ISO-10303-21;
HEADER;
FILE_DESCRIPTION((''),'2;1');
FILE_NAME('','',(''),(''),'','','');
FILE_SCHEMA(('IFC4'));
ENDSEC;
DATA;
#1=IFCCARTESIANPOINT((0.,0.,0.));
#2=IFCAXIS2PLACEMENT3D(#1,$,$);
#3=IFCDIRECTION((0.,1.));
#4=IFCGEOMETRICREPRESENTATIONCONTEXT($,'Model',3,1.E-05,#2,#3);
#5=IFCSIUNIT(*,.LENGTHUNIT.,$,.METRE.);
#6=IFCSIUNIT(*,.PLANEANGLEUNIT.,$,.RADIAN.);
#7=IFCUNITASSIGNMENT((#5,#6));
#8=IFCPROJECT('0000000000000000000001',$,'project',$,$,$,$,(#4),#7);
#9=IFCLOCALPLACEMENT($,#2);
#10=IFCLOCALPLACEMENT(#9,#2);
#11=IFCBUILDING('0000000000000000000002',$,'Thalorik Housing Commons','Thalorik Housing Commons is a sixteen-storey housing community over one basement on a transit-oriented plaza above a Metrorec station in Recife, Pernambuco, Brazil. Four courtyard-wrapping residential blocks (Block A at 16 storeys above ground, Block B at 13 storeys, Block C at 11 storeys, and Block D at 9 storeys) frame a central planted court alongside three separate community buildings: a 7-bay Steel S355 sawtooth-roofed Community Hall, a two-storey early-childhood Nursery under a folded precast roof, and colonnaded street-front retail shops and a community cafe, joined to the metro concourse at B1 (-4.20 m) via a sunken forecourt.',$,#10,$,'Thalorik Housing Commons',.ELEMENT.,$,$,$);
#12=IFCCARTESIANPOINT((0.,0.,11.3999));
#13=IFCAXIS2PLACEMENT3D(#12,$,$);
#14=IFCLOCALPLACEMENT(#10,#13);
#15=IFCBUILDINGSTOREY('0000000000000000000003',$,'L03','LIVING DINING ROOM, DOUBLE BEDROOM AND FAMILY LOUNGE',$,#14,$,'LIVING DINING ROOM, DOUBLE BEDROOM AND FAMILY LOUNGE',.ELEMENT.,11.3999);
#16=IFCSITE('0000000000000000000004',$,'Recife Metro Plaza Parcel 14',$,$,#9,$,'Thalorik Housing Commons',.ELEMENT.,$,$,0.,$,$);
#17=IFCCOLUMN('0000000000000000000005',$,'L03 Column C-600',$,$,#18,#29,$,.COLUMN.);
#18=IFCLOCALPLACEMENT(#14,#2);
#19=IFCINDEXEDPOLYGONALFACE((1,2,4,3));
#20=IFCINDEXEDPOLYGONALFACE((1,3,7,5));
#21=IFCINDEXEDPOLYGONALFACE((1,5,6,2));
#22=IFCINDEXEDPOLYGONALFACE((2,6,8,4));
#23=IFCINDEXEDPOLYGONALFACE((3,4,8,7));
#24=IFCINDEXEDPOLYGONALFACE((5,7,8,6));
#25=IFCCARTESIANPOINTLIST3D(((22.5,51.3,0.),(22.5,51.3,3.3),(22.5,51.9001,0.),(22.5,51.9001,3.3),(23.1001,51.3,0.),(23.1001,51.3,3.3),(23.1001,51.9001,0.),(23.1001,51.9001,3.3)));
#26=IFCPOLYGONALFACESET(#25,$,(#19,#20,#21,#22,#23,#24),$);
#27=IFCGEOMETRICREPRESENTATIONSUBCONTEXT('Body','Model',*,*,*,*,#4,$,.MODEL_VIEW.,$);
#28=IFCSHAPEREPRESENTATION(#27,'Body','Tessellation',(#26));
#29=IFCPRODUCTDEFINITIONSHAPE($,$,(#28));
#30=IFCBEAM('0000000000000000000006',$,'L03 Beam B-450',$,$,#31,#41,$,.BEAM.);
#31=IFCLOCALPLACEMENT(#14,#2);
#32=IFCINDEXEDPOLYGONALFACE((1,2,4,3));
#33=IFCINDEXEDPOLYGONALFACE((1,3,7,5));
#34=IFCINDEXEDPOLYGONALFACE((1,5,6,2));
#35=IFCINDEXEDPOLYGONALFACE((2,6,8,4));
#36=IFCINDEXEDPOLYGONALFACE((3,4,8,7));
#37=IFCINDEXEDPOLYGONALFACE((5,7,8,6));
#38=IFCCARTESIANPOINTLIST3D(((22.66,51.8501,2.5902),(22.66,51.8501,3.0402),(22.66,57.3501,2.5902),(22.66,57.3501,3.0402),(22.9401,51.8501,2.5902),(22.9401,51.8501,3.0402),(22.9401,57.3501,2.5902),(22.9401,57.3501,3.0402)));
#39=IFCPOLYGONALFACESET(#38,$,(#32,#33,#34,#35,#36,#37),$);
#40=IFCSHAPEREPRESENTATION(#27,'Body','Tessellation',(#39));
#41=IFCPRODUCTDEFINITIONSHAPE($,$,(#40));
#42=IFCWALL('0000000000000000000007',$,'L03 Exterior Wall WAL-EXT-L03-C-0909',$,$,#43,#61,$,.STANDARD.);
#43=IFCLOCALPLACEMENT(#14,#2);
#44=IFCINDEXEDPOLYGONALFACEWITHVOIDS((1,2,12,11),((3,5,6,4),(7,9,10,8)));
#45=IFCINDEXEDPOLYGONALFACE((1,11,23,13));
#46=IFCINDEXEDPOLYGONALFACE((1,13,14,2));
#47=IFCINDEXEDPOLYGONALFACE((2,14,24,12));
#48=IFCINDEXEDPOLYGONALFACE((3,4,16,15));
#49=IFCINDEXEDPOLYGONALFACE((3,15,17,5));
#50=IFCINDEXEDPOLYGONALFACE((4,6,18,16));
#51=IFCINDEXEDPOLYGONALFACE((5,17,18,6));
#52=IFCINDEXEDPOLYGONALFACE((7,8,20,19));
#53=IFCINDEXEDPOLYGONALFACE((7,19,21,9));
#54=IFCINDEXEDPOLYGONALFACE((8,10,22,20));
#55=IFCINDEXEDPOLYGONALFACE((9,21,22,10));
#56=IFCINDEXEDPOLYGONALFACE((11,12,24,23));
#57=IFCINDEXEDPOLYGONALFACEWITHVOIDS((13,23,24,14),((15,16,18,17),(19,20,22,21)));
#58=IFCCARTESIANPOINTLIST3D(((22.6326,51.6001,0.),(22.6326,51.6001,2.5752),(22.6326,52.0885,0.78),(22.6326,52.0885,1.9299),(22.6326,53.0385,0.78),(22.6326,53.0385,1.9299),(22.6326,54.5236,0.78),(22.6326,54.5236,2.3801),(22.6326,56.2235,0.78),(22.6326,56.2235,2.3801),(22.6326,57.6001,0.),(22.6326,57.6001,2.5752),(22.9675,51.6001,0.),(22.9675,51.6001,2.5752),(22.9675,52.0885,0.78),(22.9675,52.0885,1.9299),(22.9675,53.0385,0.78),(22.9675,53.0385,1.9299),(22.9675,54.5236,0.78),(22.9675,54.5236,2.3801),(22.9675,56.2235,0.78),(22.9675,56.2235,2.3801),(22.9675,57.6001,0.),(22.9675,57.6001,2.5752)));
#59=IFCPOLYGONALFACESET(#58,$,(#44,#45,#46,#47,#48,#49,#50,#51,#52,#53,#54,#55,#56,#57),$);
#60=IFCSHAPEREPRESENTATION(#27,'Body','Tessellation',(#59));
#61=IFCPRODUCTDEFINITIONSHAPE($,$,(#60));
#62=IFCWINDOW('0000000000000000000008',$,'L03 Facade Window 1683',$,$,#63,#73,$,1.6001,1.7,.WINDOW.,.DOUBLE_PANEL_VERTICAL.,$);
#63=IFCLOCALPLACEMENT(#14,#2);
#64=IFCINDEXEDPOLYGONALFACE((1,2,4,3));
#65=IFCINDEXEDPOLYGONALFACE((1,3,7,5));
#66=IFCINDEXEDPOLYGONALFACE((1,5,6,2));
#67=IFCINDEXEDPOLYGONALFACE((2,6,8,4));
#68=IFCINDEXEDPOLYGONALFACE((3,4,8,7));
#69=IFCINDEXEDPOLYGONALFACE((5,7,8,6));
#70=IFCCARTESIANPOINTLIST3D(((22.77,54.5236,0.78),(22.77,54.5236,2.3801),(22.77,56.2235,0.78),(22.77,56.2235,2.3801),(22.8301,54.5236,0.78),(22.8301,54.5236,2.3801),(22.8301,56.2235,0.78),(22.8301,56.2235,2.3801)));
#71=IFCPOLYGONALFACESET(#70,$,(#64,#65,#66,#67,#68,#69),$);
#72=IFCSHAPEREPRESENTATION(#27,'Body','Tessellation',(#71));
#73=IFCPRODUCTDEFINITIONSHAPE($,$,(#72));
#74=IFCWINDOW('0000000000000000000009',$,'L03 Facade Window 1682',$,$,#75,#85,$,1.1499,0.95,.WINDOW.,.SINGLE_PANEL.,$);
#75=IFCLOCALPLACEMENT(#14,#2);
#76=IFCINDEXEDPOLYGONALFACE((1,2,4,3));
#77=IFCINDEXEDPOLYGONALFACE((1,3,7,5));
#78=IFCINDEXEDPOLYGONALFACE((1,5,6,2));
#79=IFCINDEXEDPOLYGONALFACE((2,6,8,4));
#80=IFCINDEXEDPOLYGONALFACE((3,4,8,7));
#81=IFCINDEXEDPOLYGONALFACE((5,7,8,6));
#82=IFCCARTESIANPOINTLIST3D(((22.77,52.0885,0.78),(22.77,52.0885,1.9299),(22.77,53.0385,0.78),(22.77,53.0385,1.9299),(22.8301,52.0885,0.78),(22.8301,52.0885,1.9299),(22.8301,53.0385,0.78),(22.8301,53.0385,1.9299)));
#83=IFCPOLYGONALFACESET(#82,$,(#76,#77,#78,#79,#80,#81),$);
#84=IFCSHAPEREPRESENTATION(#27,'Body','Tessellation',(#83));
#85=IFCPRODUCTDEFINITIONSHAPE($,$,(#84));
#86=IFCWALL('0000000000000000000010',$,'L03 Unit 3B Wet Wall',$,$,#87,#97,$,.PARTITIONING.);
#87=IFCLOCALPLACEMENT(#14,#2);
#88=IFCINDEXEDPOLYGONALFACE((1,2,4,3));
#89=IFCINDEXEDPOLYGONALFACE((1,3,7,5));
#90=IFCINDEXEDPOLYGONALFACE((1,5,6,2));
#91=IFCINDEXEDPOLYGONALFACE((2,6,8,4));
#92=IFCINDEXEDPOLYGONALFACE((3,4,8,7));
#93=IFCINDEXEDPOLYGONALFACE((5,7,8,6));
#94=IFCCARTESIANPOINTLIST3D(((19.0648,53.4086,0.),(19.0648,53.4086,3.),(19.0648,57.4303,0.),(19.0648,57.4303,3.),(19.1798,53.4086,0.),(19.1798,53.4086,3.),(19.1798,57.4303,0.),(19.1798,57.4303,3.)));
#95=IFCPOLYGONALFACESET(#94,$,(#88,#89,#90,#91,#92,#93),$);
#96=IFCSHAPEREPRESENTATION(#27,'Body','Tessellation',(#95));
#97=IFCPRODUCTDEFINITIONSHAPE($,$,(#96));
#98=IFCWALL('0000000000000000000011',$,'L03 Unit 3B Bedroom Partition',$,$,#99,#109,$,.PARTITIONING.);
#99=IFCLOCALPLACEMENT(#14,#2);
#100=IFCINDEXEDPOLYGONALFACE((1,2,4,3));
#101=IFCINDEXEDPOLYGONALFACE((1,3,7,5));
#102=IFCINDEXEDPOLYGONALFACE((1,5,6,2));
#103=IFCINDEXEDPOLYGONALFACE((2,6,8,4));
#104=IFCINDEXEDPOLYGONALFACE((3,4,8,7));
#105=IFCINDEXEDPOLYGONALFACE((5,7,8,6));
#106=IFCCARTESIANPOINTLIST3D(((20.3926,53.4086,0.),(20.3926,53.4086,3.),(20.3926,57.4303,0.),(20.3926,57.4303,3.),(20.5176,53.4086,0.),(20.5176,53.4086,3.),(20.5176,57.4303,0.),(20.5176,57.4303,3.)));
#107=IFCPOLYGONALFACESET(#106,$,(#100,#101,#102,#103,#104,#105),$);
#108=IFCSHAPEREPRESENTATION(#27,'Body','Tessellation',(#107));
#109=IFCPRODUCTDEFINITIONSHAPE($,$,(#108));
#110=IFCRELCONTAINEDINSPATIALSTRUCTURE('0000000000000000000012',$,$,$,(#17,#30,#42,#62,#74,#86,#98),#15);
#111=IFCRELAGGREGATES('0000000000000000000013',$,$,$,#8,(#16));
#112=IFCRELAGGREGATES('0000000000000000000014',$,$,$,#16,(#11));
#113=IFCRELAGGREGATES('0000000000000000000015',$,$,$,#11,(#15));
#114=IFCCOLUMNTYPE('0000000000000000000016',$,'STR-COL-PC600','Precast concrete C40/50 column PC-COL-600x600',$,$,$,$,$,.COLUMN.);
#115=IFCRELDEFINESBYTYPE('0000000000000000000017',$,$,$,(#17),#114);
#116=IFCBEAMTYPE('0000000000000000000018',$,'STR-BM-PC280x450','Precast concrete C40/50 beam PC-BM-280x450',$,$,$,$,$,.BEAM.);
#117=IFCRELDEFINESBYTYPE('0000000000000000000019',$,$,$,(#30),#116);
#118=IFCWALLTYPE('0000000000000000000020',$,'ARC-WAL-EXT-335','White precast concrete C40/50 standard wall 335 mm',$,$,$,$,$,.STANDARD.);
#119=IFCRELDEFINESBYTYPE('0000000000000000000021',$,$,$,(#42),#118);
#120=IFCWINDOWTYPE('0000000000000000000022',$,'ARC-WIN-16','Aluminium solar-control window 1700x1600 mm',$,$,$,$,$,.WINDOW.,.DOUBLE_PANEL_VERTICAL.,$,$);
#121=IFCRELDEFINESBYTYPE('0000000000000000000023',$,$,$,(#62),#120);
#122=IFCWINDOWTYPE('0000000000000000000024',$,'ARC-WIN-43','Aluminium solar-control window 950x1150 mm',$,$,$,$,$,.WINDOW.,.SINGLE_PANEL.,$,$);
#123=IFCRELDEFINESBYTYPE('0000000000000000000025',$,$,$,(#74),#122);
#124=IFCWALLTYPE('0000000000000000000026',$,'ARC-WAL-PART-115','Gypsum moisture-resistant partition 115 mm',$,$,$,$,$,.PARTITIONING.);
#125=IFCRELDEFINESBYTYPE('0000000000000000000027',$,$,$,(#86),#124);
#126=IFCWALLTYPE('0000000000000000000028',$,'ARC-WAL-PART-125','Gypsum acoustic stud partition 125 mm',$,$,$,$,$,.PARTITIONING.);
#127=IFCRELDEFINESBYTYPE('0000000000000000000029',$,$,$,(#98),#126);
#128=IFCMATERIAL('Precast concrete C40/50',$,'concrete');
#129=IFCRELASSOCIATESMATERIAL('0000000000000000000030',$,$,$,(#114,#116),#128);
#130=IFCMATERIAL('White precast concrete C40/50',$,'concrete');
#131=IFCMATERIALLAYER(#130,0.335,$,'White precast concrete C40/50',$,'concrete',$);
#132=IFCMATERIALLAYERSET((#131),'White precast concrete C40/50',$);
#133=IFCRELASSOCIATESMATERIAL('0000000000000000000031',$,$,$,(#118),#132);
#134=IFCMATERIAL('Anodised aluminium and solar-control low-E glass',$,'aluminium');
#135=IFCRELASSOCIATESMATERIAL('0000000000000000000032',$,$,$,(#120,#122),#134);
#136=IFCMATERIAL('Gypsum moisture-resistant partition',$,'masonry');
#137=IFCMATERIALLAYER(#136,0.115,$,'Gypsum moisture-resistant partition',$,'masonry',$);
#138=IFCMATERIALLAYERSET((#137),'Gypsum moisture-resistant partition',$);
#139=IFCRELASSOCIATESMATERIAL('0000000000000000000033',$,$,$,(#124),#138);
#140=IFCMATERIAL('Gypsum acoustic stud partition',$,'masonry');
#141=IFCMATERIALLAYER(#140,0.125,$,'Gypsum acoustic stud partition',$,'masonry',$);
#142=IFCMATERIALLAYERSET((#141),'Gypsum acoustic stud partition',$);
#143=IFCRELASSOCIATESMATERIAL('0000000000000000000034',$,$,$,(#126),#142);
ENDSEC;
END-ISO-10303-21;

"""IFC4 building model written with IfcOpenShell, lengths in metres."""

from ifc_helpers import new_model, si_unit, direction, frame, frame_2d, origin, origin_2d, place, context, subcontext, project, spatial, rectangle, extrude, material, layer, layer_set, material_profile, profile_set, type_object, element, fill, save


model = new_model("IFC4")

# Units and contexts
model_context = context("Model", 3, precision=1e-05, world=origin(), true_north=direction((0.0, 1.0)))
body_context = subcontext(model_context, "Body", "Model", "MODEL_VIEW")
ifc_project = project(units=[si_unit("LENGTHUNIT", "METRE"), si_unit("PLANEANGLEUNIT", "RADIAN")], contexts=[model_context])

# Site, building, storey
site_placement = place(None, origin())
site = spatial("IfcSite", under=ifc_project, at=site_placement, Name="Recife Metro Plaza Parcel 14", LongName="Thalorik Housing Commons", CompositionType="ELEMENT", RefElevation=0.0)
building_placement = place(site_placement, origin())
building = spatial("IfcBuilding", under=site, at=building_placement, Name="Thalorik Housing Commons", Description="Thalorik Housing Commons is a sixteen-storey housing community over one basement on a transit-oriented plaza above a Metrorec station in Recife, Pernambuco, Brazil. Four courtyard-wrapping residential blocks (Block A at 16 storeys above ground, Block B at 13 storeys, Block C at 11 storeys, and Block D at 9 storeys) frame a central planted court alongside three separate community buildings: a 7-bay Steel S355 sawtooth-roofed Community Hall, a two-storey early-childhood Nursery under a folded precast roof, and colonnaded street-front retail shops and a community cafe, joined to the metro concourse at B1 (-4.20 m) via a sunken forecourt.", LongName="Thalorik Housing Commons", CompositionType="ELEMENT")
storey_placement = place(building_placement, frame((0.0, 0.0, 11.3999)))
storey = spatial("IfcBuildingStorey", under=building, at=storey_placement, Name="L03", Description="LIVING DINING ROOM, DOUBLE BEDROOM AND FAMILY LOUNGE", LongName="LIVING DINING ROOM, DOUBLE BEDROOM AND FAMILY LOUNGE", CompositionType="ELEMENT", Elevation=11.3999)

# Column
ifc_material_1 = material(Name="Precast concrete C40/50", Category="concrete")
ifc_material_profile_1 = material_profile(ifc_material_1, rectangle(XDim=0.6001, YDim=0.6001, at=origin_2d()), Name="PC 600x600", Category="concrete")
ifc_profile_set_1 = profile_set([ifc_material_profile_1], Name="Precast concrete C40/50")
column_type = type_object("IfcColumnType", Name="STR-COL-PC600", Description="Precast concrete C40/50 column PC-COL-600x600", PredefinedType="COLUMN", material=ifc_profile_set_1)
column_placement = place(storey_placement, frame((22.8, 51.6001, 0.0), z_axis=(0.0, 0.0, 1.0), x_axis=(1.0, 0.0, 0.0)))
element("IfcColumn", 1, at=column_placement, inside=storey, type_object=column_type, Name="L03 Column C-600", PredefinedType="COLUMN", context=body_context, shape_type="SweptSolid", body=[
    extrude(rectangle(XDim=0.6001, YDim=0.6001, at=origin_2d()), origin(), (0.0, 0.0, 1.0), 3.3),
])

# Beam
ifc_material_profile_2 = material_profile(ifc_material_1, rectangle(XDim=0.28, YDim=0.45, at=origin_2d()), Name="PC 280x450", Category="concrete")
ifc_profile_set_2 = profile_set([ifc_material_profile_2], Name="Precast concrete C40/50")
beam_type = type_object("IfcBeamType", Name="STR-BM-PC280x450", Description="Precast concrete C40/50 beam PC-BM-280x450", PredefinedType="BEAM", material=ifc_profile_set_2)
beam_placement = place(storey_placement, frame((22.8, 51.8501, 2.8152), z_axis=(0.0, 1.0, 0.0), x_axis=(-1.0, 0.0, 0.0)))
element("IfcBeam", 2, at=beam_placement, inside=storey, type_object=beam_type, Name="L03 Beam B-450", PredefinedType="BEAM", context=body_context, shape_type="SweptSolid", body=[
    extrude(rectangle(XDim=0.28, YDim=0.45, at=origin_2d()), origin(), (0.0, 0.0, 1.0), 5.5),
])

# Wall, openings, windows
ifc_material_2 = material(Name="White precast concrete C40/50", Category="concrete")
ifc_layer_1 = layer(ifc_material_2, 0.335, Name="White precast concrete C40/50", Category="concrete")
ifc_layer_set_1 = layer_set([ifc_layer_1], Name="White precast concrete C40/50")
wall_type_1 = type_object("IfcWallType", Name="ARC-WAL-EXT-335", Description="White precast concrete C40/50 standard wall 335 mm", PredefinedType="STANDARD", material=ifc_layer_set_1)
wall_1_placement = place(storey_placement, frame((22.8, 51.6001, 0.0), z_axis=(0.0, 0.0, 1.0), x_axis=(0.0, 1.0, 0.0)))
wall_1 = element("IfcWall", 3, at=wall_1_placement, inside=storey, type_object=wall_type_1, Name="L03 Exterior Wall WAL-EXT-L03-C-0909", PredefinedType="STANDARD", context=body_context, shape_type="SweptSolid", body=[
    extrude(rectangle(XDim=6.0, YDim=0.335, at=frame_2d((3.0, 0.0))), origin(), (0.0, 0.0, 1.0), 2.5752),
])
opening_1_placement = place(wall_1_placement, frame((0.4883, 0.0, 0.78)))
opening_1 = element("IfcOpeningElement", 4, at=opening_1_placement, cuts=wall_1, PredefinedType="OPENING", context=body_context, shape_type="SweptSolid", body=[
    extrude(rectangle(XDim=0.95, YDim=1.1499, at=frame_2d((0.4751, 0.575))), frame((0.0, 0.1775, 0.0), z_axis=(0.0, -1.0, 0.0), x_axis=(1.0, 0.0, 0.0)), (0.0, 0.0, 1.0), 0.355),
])
opening_2_placement = place(wall_1_placement, frame((2.9233, 0.0, 0.78)))
opening_2 = element("IfcOpeningElement", 5, at=opening_2_placement, cuts=wall_1, PredefinedType="OPENING", context=body_context, shape_type="SweptSolid", body=[
    extrude(rectangle(XDim=1.7, YDim=1.6001, at=frame_2d((0.8501, 0.8))), frame((0.0, 0.1775, 0.0), z_axis=(0.0, -1.0, 0.0), x_axis=(1.0, 0.0, 0.0)), (0.0, 0.0, 1.0), 0.355),
])
ifc_material_3 = material(Name="Anodised aluminium and solar-control low-E glass", Category="aluminium")
window_type_1 = type_object("IfcWindowType", Name="ARC-WIN-16", Description="Aluminium solar-control window 1700x1600 mm", PartitioningType="DOUBLE_PANEL_VERTICAL", PredefinedType="WINDOW", material=ifc_material_3)
window_1_placement = place(opening_2_placement, origin())
window_1 = element("IfcWindow", 6, at=window_1_placement, inside=storey, type_object=window_type_1, Name="L03 Facade Window 1683", OverallHeight=1.6001, OverallWidth=1.7, PartitioningType="DOUBLE_PANEL_VERTICAL", PredefinedType="WINDOW", context=body_context, shape_type="SweptSolid", body=[
    extrude(rectangle(XDim=1.7, YDim=1.6001, at=frame_2d((0.8501, 0.8))), frame((0.0, 0.03, 0.0), z_axis=(0.0, -1.0, 0.0), x_axis=(1.0, 0.0, 0.0)), (0.0, 0.0, 1.0), 0.0601),
])
fill(opening_2, window_1)
window_type_2 = type_object("IfcWindowType", Name="ARC-WIN-43", Description="Aluminium solar-control window 950x1150 mm", PartitioningType="SINGLE_PANEL", PredefinedType="WINDOW", material=ifc_material_3)
window_2_placement = place(opening_1_placement, origin())
window_2 = element("IfcWindow", 7, at=window_2_placement, inside=storey, type_object=window_type_2, Name="L03 Facade Window 1682", OverallHeight=1.1499, OverallWidth=0.95, PartitioningType="SINGLE_PANEL", PredefinedType="WINDOW", context=body_context, shape_type="SweptSolid", body=[
    extrude(rectangle(XDim=0.95, YDim=1.1499, at=frame_2d((0.4751, 0.575))), frame((0.0, 0.03, 0.0), z_axis=(0.0, -1.0, 0.0), x_axis=(1.0, 0.0, 0.0)), (0.0, 0.0, 1.0), 0.0601),
])
fill(opening_1, window_2)

# Walls
ifc_material_4 = material(Name="Gypsum moisture-resistant partition", Category="masonry")
ifc_layer_2 = layer(ifc_material_4, 0.115, Name="Gypsum moisture-resistant partition", Category="masonry")
ifc_layer_set_2 = layer_set([ifc_layer_2], Name="Gypsum moisture-resistant partition")
wall_type_2 = type_object("IfcWallType", Name="ARC-WAL-PART-115", Description="Gypsum moisture-resistant partition 115 mm", PredefinedType="PARTITIONING", material=ifc_layer_set_2)
wall_2_placement = place(storey_placement, frame((19.1223, 53.4087, 0.0), z_axis=(0.0, 0.0, 1.0), x_axis=(0.0, 1.0, 0.0)))
element("IfcWall", 8, at=wall_2_placement, inside=storey, type_object=wall_type_2, Name="L03 Unit 3B Wet Wall", PredefinedType="PARTITIONING", context=body_context, shape_type="SweptSolid", body=[
    extrude(rectangle(XDim=4.0217, YDim=0.115, at=frame_2d((2.0107, 0.0))), origin(), (0.0, 0.0, 1.0), 3.0),
])
ifc_material_5 = material(Name="Gypsum acoustic stud partition", Category="masonry")
ifc_layer_3 = layer(ifc_material_5, 0.125, Name="Gypsum acoustic stud partition", Category="masonry")
ifc_layer_set_3 = layer_set([ifc_layer_3], Name="Gypsum acoustic stud partition")
wall_type_3 = type_object("IfcWallType", Name="ARC-WAL-PART-125", Description="Gypsum acoustic stud partition 125 mm", PredefinedType="PARTITIONING", material=ifc_layer_set_3)
wall_3_placement = place(storey_placement, frame((20.4551, 53.4087, 0.0), z_axis=(0.0, 0.0, 1.0), x_axis=(0.0, 1.0, 0.0)))
element("IfcWall", 9, at=wall_3_placement, inside=storey, type_object=wall_type_3, Name="L03 Unit 3B Bedroom Partition", PredefinedType="PARTITIONING", context=body_context, shape_type="SweptSolid", body=[
    extrude(rectangle(XDim=4.0217, YDim=0.125, at=frame_2d((2.0107, 0.0))), origin(), (0.0, 0.0, 1.0), 3.0),
])

save(model, "model.ifc")
